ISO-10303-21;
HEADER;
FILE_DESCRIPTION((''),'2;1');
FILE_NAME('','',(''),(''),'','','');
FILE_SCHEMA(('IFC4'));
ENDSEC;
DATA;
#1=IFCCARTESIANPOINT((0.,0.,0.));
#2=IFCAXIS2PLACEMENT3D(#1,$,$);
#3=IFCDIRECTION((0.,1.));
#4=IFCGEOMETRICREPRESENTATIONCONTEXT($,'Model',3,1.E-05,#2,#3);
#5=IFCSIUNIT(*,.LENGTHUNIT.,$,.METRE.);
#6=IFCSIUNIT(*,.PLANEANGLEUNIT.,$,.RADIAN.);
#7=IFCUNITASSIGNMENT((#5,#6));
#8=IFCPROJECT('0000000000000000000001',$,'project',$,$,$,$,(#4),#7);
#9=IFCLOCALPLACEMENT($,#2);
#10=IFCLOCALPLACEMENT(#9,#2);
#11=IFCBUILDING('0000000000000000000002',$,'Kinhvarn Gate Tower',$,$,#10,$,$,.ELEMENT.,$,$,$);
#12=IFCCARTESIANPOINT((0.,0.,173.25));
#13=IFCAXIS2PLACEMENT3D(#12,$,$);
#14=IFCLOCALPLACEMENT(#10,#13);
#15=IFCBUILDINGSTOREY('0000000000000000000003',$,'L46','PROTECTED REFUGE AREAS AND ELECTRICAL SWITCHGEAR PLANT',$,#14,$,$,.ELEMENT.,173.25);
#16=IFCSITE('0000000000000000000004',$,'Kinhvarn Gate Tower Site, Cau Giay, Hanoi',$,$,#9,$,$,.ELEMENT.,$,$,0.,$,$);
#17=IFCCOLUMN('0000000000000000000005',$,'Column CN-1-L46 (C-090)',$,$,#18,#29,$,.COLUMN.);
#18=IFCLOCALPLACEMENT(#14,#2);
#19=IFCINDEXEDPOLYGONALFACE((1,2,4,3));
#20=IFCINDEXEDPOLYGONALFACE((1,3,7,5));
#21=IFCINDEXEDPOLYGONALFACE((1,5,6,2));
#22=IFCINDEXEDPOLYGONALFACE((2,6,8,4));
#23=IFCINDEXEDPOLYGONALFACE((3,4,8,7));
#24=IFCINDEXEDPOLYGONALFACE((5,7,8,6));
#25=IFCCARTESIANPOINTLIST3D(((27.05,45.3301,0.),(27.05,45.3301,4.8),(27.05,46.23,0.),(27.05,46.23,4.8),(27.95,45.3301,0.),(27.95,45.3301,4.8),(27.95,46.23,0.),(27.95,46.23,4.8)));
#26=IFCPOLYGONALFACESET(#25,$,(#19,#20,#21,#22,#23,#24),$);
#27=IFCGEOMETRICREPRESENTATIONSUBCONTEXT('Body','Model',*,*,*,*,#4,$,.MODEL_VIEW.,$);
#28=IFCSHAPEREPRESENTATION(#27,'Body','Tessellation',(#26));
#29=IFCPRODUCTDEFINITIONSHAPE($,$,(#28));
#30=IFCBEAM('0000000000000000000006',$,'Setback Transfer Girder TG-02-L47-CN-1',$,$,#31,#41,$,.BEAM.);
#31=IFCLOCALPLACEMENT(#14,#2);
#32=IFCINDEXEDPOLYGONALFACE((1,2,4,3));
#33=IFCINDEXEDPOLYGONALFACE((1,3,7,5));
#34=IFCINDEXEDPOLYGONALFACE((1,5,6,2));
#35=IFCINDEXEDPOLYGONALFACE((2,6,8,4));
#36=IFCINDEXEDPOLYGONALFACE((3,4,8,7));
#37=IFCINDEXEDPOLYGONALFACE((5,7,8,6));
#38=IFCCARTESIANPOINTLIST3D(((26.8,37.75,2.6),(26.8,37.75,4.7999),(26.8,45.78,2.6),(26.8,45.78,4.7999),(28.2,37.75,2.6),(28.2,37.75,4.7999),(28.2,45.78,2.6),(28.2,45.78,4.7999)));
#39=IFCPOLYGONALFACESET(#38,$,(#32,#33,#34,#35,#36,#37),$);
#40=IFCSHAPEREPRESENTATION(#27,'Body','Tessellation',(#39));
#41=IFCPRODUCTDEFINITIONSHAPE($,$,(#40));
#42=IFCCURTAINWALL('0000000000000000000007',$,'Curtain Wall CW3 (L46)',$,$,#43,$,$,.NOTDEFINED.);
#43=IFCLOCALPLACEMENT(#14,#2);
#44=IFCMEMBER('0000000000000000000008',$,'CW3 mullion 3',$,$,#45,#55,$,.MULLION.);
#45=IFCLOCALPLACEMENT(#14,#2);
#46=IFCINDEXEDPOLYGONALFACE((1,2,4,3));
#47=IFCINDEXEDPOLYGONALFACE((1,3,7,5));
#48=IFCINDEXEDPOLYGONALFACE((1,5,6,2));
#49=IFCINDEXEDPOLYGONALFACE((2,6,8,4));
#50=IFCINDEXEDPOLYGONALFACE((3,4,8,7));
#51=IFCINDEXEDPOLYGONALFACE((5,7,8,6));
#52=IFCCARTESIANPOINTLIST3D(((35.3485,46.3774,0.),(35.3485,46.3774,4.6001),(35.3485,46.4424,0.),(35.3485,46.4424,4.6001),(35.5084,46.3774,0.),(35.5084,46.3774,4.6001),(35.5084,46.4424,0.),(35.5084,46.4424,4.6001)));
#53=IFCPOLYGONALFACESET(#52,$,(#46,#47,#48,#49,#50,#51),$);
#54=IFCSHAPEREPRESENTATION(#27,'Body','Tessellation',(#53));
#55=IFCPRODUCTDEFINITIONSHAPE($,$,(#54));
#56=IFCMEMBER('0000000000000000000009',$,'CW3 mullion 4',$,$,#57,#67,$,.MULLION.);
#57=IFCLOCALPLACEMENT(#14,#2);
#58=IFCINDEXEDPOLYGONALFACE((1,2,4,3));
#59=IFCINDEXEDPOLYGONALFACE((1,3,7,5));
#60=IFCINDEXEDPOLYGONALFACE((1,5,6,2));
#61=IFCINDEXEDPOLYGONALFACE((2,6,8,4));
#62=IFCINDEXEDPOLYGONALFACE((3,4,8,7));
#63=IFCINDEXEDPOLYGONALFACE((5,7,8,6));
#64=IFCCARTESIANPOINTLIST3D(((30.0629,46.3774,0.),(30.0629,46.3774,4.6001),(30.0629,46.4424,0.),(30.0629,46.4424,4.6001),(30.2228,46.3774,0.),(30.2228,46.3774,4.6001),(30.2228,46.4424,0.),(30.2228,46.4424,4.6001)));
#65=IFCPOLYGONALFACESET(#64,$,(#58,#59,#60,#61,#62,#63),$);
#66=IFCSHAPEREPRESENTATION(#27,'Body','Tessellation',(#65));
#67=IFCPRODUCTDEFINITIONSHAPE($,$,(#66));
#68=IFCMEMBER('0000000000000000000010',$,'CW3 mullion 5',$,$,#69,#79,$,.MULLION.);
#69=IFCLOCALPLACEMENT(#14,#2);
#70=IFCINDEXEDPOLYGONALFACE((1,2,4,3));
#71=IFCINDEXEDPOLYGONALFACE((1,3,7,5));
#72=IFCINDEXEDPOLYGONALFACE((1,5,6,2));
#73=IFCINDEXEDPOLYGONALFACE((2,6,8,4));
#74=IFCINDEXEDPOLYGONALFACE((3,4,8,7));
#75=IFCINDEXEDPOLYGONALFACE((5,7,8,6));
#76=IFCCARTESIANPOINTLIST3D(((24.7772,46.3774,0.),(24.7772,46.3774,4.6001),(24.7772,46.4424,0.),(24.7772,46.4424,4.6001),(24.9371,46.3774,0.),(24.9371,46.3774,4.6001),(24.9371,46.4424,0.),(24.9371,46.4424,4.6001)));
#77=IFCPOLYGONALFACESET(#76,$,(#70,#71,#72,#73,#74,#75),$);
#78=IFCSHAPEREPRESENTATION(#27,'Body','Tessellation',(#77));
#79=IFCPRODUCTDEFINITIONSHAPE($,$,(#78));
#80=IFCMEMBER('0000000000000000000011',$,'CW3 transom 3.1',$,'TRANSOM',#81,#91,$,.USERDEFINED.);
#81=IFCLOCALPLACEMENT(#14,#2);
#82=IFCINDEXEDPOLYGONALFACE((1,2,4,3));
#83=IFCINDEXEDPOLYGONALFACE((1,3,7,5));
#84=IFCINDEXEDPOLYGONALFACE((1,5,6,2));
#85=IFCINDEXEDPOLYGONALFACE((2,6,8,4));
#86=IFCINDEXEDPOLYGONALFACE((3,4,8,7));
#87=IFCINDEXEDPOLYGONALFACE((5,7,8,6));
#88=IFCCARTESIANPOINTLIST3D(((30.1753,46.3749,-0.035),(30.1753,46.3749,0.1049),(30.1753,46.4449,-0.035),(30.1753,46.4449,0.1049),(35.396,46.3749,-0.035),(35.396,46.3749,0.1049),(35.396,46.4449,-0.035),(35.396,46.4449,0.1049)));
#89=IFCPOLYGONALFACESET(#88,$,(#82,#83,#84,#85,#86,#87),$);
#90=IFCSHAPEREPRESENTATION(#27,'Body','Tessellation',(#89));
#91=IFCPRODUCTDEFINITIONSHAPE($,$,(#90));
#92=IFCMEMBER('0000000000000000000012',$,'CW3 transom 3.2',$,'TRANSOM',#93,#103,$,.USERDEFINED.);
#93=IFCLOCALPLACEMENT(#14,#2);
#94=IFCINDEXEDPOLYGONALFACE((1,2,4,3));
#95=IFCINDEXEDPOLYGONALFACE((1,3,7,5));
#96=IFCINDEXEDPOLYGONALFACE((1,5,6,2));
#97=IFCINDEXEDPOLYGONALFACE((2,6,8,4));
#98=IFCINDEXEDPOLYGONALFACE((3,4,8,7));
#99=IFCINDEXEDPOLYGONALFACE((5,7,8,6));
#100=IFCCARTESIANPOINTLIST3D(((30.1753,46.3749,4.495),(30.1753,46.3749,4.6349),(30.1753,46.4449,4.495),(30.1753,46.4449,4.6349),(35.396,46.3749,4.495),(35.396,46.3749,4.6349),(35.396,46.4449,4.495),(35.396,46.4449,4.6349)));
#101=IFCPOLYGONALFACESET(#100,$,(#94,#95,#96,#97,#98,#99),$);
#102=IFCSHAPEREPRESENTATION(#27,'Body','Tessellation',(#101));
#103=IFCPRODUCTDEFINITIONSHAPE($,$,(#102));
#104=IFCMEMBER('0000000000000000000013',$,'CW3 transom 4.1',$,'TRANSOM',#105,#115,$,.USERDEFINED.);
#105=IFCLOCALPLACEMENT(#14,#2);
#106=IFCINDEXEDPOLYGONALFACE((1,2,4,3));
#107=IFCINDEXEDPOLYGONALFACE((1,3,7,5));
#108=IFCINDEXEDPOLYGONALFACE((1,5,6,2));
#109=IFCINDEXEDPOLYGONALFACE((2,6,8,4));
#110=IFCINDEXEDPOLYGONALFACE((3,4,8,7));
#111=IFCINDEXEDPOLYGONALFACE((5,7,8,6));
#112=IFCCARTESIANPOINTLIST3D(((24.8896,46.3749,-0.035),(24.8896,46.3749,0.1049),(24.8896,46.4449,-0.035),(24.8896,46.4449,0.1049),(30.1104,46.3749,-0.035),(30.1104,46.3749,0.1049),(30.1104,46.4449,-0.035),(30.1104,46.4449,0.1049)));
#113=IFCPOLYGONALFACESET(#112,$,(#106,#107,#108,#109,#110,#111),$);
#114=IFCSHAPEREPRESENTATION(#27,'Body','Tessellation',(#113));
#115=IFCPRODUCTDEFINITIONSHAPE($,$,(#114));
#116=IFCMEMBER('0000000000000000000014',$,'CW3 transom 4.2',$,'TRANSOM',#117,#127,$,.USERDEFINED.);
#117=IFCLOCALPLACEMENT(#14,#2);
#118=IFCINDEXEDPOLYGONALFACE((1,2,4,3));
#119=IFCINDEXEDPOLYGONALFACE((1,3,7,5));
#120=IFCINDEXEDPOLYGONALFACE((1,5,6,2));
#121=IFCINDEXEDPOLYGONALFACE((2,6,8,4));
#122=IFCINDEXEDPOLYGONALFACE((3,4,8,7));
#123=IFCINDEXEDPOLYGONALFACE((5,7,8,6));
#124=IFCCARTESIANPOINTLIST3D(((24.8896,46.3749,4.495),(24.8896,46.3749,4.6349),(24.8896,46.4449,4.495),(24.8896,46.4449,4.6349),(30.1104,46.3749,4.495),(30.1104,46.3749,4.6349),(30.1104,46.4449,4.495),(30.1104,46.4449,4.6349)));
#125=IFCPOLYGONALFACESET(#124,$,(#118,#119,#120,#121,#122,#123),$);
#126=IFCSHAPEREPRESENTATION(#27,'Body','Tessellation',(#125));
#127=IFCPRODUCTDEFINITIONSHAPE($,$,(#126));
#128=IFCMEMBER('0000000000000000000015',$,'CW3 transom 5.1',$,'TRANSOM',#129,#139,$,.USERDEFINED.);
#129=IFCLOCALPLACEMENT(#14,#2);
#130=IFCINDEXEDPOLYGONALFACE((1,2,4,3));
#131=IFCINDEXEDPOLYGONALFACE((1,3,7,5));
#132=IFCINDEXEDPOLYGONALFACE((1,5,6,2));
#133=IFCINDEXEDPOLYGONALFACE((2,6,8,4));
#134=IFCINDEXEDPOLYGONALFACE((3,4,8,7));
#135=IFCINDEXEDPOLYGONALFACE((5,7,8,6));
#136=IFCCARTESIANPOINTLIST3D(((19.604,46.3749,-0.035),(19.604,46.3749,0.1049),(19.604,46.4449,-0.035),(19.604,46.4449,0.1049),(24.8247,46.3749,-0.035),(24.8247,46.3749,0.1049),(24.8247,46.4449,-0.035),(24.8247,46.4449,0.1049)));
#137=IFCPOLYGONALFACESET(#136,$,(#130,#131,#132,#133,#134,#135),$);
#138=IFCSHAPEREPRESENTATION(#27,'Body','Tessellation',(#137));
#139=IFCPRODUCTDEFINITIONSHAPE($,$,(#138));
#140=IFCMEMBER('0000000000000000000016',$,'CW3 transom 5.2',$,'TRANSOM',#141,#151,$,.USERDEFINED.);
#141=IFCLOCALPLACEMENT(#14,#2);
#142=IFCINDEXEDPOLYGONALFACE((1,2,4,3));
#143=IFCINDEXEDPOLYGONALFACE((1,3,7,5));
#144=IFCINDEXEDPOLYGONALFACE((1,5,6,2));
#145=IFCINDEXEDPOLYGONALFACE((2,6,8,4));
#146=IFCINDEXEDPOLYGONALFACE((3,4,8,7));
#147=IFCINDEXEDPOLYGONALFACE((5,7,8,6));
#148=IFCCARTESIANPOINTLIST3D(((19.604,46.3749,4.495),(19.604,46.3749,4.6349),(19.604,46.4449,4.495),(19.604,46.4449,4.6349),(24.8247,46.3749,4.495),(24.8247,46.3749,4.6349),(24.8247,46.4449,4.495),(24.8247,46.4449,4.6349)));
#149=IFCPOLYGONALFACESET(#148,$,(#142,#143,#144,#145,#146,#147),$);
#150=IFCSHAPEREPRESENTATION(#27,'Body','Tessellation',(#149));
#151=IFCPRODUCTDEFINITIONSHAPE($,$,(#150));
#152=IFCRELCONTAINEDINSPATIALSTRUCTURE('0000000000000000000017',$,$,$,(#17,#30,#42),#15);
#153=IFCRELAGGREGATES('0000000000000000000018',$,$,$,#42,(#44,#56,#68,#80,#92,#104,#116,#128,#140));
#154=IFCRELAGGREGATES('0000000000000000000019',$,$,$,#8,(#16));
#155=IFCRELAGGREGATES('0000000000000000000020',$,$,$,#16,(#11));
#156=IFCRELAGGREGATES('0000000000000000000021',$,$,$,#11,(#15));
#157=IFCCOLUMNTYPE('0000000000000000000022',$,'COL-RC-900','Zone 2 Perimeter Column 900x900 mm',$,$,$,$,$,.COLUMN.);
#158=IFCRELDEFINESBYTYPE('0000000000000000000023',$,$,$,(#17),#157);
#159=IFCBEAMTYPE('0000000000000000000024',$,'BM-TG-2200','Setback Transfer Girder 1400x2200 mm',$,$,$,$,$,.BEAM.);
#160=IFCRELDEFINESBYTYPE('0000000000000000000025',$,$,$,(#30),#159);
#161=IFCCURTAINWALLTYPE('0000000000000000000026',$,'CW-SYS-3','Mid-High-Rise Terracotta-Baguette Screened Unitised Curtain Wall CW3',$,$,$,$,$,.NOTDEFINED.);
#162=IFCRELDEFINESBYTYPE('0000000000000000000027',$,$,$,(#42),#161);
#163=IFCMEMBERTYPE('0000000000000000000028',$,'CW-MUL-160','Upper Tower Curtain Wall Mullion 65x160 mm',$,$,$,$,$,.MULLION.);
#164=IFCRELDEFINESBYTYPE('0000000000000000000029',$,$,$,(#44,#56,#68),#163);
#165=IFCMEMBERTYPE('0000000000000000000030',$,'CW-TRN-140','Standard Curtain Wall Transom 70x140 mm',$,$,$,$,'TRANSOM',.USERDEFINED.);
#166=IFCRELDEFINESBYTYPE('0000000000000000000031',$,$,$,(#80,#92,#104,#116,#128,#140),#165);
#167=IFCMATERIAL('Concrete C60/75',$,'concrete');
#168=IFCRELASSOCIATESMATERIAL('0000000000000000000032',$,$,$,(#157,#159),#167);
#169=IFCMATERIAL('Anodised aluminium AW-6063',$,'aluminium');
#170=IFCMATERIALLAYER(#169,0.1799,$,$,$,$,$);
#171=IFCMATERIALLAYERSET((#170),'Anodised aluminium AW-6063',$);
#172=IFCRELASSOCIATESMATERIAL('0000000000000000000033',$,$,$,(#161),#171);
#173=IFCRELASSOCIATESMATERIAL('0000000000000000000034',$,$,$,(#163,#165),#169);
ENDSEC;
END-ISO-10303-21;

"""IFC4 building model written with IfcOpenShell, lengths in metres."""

from ifc_helpers import new_model, si_unit, direction, frame, origin, origin_2d, place, context, subcontext, project, spatial, rectangle, extrude, material, layer, layer_set, material_profile, profile_set, type_object, element, aggregate, save


model = new_model("IFC4")

# Units and contexts
model_context = context("Model", 3, precision=1e-05, world=origin(), true_north=direction((0.0, 1.0)))
body_context = subcontext(model_context, "Body", "Model", "MODEL_VIEW")
ifc_project = project(units=[si_unit("LENGTHUNIT", "METRE"), si_unit("PLANEANGLEUNIT", "RADIAN")], contexts=[model_context])

# Site, building, storey
site_placement = place(None, origin())
site = spatial("IfcSite", under=ifc_project, at=site_placement, Name="Kinhvarn Gate Tower Site, Cau Giay, Hanoi", CompositionType="ELEMENT", RefElevation=0.0)
building_placement = place(site_placement, origin())
building = spatial("IfcBuilding", under=site, at=building_placement, Name="Kinhvarn Gate Tower", CompositionType="ELEMENT")
storey_placement = place(building_placement, frame((0.0, 0.0, 173.25)))
storey = spatial("IfcBuildingStorey", under=building, at=storey_placement, Name="L46", Description="PROTECTED REFUGE AREAS AND ELECTRICAL SWITCHGEAR PLANT", CompositionType="ELEMENT", Elevation=173.25)

# Column
ifc_material_1 = material(Name="Concrete C60/75", Category="concrete")
ifc_material_profile_1 = material_profile(ifc_material_1, rectangle(XDim=0.8999, YDim=0.8999, at=origin_2d()), Name="RC 900x900")
ifc_profile_set_1 = profile_set([ifc_material_profile_1], Name="Concrete C60/75")
column_type = type_object("IfcColumnType", Name="COL-RC-900", Description="Zone 2 Perimeter Column 900x900 mm", PredefinedType="COLUMN", material=ifc_profile_set_1)
column_placement = place(storey_placement, frame((27.5, 45.78, 0.0), z_axis=(0.0, 0.0, 1.0), x_axis=(1.0, 0.0, 0.0)))
element("IfcColumn", 1, at=column_placement, inside=storey, type_object=column_type, Name="Column CN-1-L46 (C-090)", PredefinedType="COLUMN", context=body_context, shape_type="SweptSolid", body=[
    extrude(rectangle(XDim=0.8999, YDim=0.8999, at=origin_2d()), origin(), (0.0, 0.0, 1.0), 4.8),
])

# Beam
ifc_material_profile_2 = material_profile(ifc_material_1, rectangle(XDim=1.3999, YDim=2.2, at=origin_2d()), Name="RC 1400x2200")
ifc_profile_set_2 = profile_set([ifc_material_profile_2], Name="Concrete C60/75")
beam_type_1 = type_object("IfcBeamType", Name="BM-TG-2200", Description="Setback Transfer Girder 1400x2200 mm", PredefinedType="BEAM", material=ifc_profile_set_2)
beam_1_placement = place(storey_placement, frame((27.5, 37.75, 3.7), z_axis=(0.0, 1.0, 0.0), x_axis=(-1.0, 0.0, 0.0)))
element("IfcBeam", 2, at=beam_1_placement, inside=storey, type_object=beam_type_1, Name="Setback Transfer Girder TG-02-L47-CN-1", PredefinedType="BEAM", context=body_context, shape_type="SweptSolid", body=[
    extrude(rectangle(XDim=1.3999, YDim=2.2, at=origin_2d()), origin(), (0.0, 0.0, 1.0), 8.03),
])

# Curtain wall, members
ifc_material_2 = material(Name="Anodised aluminium AW-6063", Category="aluminium")
ifc_layer_1 = layer(ifc_material_2, 0.1799)
ifc_layer_set_1 = layer_set([ifc_layer_1], Name="Anodised aluminium AW-6063")
curtain_wall_type = type_object("IfcCurtainWallType", Name="CW-SYS-3", Description="Mid-High-Rise Terracotta-Baguette Screened Unitised Curtain Wall CW3", PredefinedType="NOTDEFINED", material=ifc_layer_set_1)
curtain_wall_placement = place(storey_placement, origin())
curtain_wall = element("IfcCurtainWall", 3, at=curtain_wall_placement, inside=storey, type_object=curtain_wall_type, Name="Curtain Wall CW3 (L46)", PredefinedType="NOTDEFINED")
ifc_material_profile_3 = material_profile(ifc_material_2, rectangle(XDim=0.0649, YDim=0.1599, at=origin_2d()), Name="ALU 65x160")
ifc_profile_set_3 = profile_set([ifc_material_profile_3], Name="Anodised aluminium AW-6063")
member_type_1 = type_object("IfcMemberType", Name="CW-MUL-160", Description="Upper Tower Curtain Wall Mullion 65x160 mm", PredefinedType="MULLION", material=ifc_profile_set_3)
member_1_placement = place(storey_placement, frame((35.4285, 46.4099, 0.0), z_axis=(0.0, 0.0, 1.0), x_axis=(0.0, -1.0, 0.0)))
member_1 = element("IfcMember", 4, at=member_1_placement, type_object=member_type_1, Name="CW3 mullion 3", PredefinedType="MULLION", context=body_context, shape_type="SweptSolid", body=[
    extrude(rectangle(XDim=0.0649, YDim=0.1599, at=origin_2d()), origin(), (0.0, 0.0, 1.0), 4.6001),
])
member_2_placement = place(storey_placement, frame((30.1428, 46.4099, 0.0), z_axis=(0.0, 0.0, 1.0), x_axis=(0.0, -1.0, 0.0)))
member_2 = element("IfcMember", 5, at=member_2_placement, type_object=member_type_1, Name="CW3 mullion 4", PredefinedType="MULLION", context=body_context, shape_type="SweptSolid", body=[
    extrude(rectangle(XDim=0.0649, YDim=0.1599, at=origin_2d()), origin(), (0.0, 0.0, 1.0), 4.6001),
])
member_3_placement = place(storey_placement, frame((24.8572, 46.4099, 0.0), z_axis=(0.0, 0.0, 1.0), x_axis=(0.0, -1.0, 0.0)))
member_3 = element("IfcMember", 6, at=member_3_placement, type_object=member_type_1, Name="CW3 mullion 5", PredefinedType="MULLION", context=body_context, shape_type="SweptSolid", body=[
    extrude(rectangle(XDim=0.0649, YDim=0.1599, at=origin_2d()), origin(), (0.0, 0.0, 1.0), 4.6001),
])
ifc_material_profile_4 = material_profile(ifc_material_2, rectangle(XDim=0.0701, YDim=0.1399, at=origin_2d()), Name="ALU 70x140")
ifc_profile_set_4 = profile_set([ifc_material_profile_4], Name="Anodised aluminium AW-6063")
member_type_2 = type_object("IfcMemberType", Name="CW-TRN-140", Description="Standard Curtain Wall Transom 70x140 mm", ElementType="TRANSOM", PredefinedType="USERDEFINED", material=ifc_profile_set_4)
member_4_placement = place(storey_placement, frame((35.396, 46.4099, 0.0349), z_axis=(-1.0, 0.0, 0.0), x_axis=(0.0, -1.0, 0.0)))
member_4 = element("IfcMember", 7, at=member_4_placement, type_object=member_type_2, Name="CW3 transom 3.1", ObjectType="TRANSOM", PredefinedType="USERDEFINED", context=body_context, shape_type="SweptSolid", body=[
    extrude(rectangle(XDim=0.0701, YDim=0.1399, at=origin_2d()), origin(), (0.0, 0.0, 1.0), 5.2207),
])
member_5_placement = place(storey_placement, frame((35.396, 46.4099, 4.5649), z_axis=(-1.0, 0.0, 0.0), x_axis=(0.0, -1.0, 0.0)))
member_5 = element("IfcMember", 8, at=member_5_placement, type_object=member_type_2, Name="CW3 transom 3.2", ObjectType="TRANSOM", PredefinedType="USERDEFINED", context=body_context, shape_type="SweptSolid", body=[
    extrude(rectangle(XDim=0.0701, YDim=0.1399, at=origin_2d()), origin(), (0.0, 0.0, 1.0), 5.2207),
])
member_6_placement = place(storey_placement, frame((30.1104, 46.4099, 0.0349), z_axis=(-1.0, 0.0, 0.0), x_axis=(0.0, -1.0, 0.0)))
member_6 = element("IfcMember", 9, at=member_6_placement, type_object=member_type_2, Name="CW3 transom 4.1", ObjectType="TRANSOM", PredefinedType="USERDEFINED", context=body_context, shape_type="SweptSolid", body=[
    extrude(rectangle(XDim=0.0701, YDim=0.1399, at=origin_2d()), origin(), (0.0, 0.0, 1.0), 5.2207),
])
member_7_placement = place(storey_placement, frame((30.1104, 46.4099, 4.5649), z_axis=(-1.0, 0.0, 0.0), x_axis=(0.0, -1.0, 0.0)))
member_7 = element("IfcMember", 10, at=member_7_placement, type_object=member_type_2, Name="CW3 transom 4.2", ObjectType="TRANSOM", PredefinedType="USERDEFINED", context=body_context, shape_type="SweptSolid", body=[
    extrude(rectangle(XDim=0.0701, YDim=0.1399, at=origin_2d()), origin(), (0.0, 0.0, 1.0), 5.2207),
])
member_8_placement = place(storey_placement, frame((24.8247, 46.4099, 0.0349), z_axis=(-1.0, 0.0, 0.0), x_axis=(0.0, -1.0, 0.0)))
member_8 = element("IfcMember", 11, at=member_8_placement, type_object=member_type_2, Name="CW3 transom 5.1", ObjectType="TRANSOM", PredefinedType="USERDEFINED", context=body_context, shape_type="SweptSolid", body=[
    extrude(rectangle(XDim=0.0701, YDim=0.1399, at=origin_2d()), origin(), (0.0, 0.0, 1.0), 5.2207),
])
member_9_placement = place(storey_placement, frame((24.8247, 46.4099, 4.5649), z_axis=(-1.0, 0.0, 0.0), x_axis=(0.0, -1.0, 0.0)))
member_9 = element("IfcMember", 12, at=member_9_placement, type_object=member_type_2, Name="CW3 transom 5.2", ObjectType="TRANSOM", PredefinedType="USERDEFINED", context=body_context, shape_type="SweptSolid", body=[
    extrude(rectangle(XDim=0.0701, YDim=0.1399, at=origin_2d()), origin(), (0.0, 0.0, 1.0), 5.2207),
])

aggregate(curtain_wall, [member_1, member_2, member_3, member_4, member_5, member_6, member_7, member_8, member_9])

save(model, "model.ifc")
